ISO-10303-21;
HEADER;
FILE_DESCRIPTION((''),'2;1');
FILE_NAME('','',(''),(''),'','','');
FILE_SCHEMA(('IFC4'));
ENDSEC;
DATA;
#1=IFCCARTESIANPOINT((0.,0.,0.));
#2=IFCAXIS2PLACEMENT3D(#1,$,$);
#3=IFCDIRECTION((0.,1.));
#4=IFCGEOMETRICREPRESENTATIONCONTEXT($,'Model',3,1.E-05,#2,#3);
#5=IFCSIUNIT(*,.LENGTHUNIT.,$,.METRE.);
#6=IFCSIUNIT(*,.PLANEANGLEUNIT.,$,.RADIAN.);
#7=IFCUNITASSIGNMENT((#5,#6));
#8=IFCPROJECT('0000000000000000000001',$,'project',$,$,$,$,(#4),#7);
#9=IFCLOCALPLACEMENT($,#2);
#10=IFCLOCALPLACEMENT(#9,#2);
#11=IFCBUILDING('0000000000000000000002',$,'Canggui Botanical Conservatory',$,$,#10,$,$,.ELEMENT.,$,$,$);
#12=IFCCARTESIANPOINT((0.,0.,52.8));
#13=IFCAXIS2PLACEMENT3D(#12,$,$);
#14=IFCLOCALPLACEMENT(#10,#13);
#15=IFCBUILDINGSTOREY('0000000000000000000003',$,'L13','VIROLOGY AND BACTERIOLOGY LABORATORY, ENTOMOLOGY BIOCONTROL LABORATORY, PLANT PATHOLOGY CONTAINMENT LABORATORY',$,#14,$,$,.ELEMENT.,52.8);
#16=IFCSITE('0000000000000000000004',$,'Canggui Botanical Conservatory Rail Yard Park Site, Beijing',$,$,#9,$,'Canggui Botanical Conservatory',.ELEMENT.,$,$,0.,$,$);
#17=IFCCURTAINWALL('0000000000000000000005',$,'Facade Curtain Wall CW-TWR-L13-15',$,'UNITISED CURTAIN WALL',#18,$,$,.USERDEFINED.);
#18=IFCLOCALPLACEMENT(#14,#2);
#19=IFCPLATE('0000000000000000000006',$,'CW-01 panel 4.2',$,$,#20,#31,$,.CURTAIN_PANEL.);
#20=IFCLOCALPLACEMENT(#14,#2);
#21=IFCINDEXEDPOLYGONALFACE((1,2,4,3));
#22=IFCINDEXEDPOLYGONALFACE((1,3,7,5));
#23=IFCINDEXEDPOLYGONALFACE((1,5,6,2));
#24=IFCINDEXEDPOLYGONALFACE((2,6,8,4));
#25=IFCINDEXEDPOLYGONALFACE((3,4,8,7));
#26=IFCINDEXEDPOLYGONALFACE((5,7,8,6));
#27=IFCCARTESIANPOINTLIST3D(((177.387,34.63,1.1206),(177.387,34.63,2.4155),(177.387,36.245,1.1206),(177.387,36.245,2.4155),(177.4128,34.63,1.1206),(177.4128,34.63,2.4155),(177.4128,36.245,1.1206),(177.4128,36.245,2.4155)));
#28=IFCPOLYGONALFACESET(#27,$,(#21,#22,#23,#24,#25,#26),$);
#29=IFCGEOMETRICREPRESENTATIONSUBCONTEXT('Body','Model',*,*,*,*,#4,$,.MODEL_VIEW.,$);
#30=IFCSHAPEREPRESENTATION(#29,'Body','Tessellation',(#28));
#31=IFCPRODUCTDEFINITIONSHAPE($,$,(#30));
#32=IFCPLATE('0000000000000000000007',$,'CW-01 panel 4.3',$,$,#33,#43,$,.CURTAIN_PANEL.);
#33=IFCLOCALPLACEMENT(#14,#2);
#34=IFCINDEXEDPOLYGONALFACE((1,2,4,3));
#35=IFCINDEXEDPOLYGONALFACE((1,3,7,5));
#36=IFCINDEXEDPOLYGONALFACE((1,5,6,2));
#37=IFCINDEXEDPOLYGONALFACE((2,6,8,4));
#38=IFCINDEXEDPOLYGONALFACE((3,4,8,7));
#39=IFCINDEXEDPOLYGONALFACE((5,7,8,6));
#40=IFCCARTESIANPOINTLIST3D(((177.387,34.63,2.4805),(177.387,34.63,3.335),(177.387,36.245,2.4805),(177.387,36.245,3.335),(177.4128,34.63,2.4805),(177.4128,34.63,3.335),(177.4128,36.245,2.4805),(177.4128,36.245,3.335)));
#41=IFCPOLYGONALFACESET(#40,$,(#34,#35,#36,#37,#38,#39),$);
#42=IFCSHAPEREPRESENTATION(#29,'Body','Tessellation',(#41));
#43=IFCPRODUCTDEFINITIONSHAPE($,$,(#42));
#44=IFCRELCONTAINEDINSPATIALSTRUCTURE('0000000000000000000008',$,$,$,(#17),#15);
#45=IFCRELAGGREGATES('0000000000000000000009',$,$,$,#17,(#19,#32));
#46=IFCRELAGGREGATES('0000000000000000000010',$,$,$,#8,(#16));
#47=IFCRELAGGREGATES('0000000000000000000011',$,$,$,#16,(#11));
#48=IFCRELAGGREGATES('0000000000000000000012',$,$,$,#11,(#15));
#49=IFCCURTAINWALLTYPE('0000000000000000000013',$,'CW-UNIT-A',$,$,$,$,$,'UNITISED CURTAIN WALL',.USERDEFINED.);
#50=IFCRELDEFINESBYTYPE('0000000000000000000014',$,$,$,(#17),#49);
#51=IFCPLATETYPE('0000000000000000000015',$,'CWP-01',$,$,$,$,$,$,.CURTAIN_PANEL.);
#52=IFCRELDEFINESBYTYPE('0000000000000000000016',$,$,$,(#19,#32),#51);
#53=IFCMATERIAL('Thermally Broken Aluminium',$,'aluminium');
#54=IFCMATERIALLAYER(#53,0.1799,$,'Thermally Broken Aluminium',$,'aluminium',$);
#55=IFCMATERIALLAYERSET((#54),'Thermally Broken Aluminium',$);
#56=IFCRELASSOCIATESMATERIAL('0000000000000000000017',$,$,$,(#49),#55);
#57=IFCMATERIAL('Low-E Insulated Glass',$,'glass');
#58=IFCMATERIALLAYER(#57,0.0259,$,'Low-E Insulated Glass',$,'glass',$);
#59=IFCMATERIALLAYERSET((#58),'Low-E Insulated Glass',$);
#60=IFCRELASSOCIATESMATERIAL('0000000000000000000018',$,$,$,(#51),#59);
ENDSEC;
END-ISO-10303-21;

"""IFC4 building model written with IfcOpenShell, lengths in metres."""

from ifc_helpers import new_model, si_unit, direction, frame, origin, origin_2d, place, context, subcontext, project, spatial, rectangle, extrude, material, layer, layer_set, type_object, element, aggregate, save


model = new_model("IFC4")

# Units and contexts
model_context = context("Model", 3, precision=1e-05, world=origin(), true_north=direction((0.0, 1.0)))
body_context = subcontext(model_context, "Body", "Model", "MODEL_VIEW")
ifc_project = project(units=[si_unit("LENGTHUNIT", "METRE"), si_unit("PLANEANGLEUNIT", "RADIAN")], contexts=[model_context])

# Site, building, storey
site_placement = place(None, origin())
site = spatial("IfcSite", under=ifc_project, at=site_placement, Name="Canggui Botanical Conservatory Rail Yard Park Site, Beijing", LongName="Canggui Botanical Conservatory", CompositionType="ELEMENT", RefElevation=0.0)
building_placement = place(site_placement, origin())
building = spatial("IfcBuilding", under=site, at=building_placement, Name="Canggui Botanical Conservatory", CompositionType="ELEMENT")
storey_placement = place(building_placement, frame((0.0, 0.0, 52.8)))
storey = spatial("IfcBuildingStorey", under=building, at=storey_placement, Name="L13", Description="VIROLOGY AND BACTERIOLOGY LABORATORY, ENTOMOLOGY BIOCONTROL LABORATORY, PLANT PATHOLOGY CONTAINMENT LABORATORY", CompositionType="ELEMENT", Elevation=52.8)

# Curtain wall
ifc_material_1 = material(Name="Thermally Broken Aluminium", Category="aluminium")
ifc_layer_1 = layer(ifc_material_1, 0.1799, Name="Thermally Broken Aluminium", Category="aluminium")
ifc_layer_set_1 = layer_set([ifc_layer_1], Name="Thermally Broken Aluminium")
curtain_wall_type = type_object("IfcCurtainWallType", Name="CW-UNIT-A", ElementType="UNITISED CURTAIN WALL", PredefinedType="USERDEFINED", material=ifc_layer_set_1)
curtain_wall_1_placement = place(storey_placement, origin())
curtain_wall_1 = element("IfcCurtainWall", 1, at=curtain_wall_1_placement, inside=storey, type_object=curtain_wall_type, Name="Facade Curtain Wall CW-TWR-L13-15", ObjectType="UNITISED CURTAIN WALL", PredefinedType="USERDEFINED")

# Plates
ifc_material_2 = material(Name="Low-E Insulated Glass", Category="glass")
ifc_layer_2 = layer(ifc_material_2, 0.0259, Name="Low-E Insulated Glass", Category="glass")
ifc_layer_set_2 = layer_set([ifc_layer_2], Name="Low-E Insulated Glass")
plate_type = type_object("IfcPlateType", Name="CWP-01", PredefinedType="CURTAIN_PANEL", material=ifc_layer_set_2)
plate_1_placement = place(storey_placement, frame((177.3999, 35.4375, 1.1206), z_axis=(0.0, 0.0, 1.0), x_axis=(0.0, -1.0, 0.0)))
plate_1 = element("IfcPlate", 2, at=plate_1_placement, type_object=plate_type, Name="CW-01 panel 4.2", PredefinedType="CURTAIN_PANEL", context=body_context, shape_type="SweptSolid", body=[
    extrude(rectangle(XDim=1.615, YDim=0.0259, at=origin_2d()), origin(), (0.0, 0.0, 1.0), 1.2949),
])
plate_2_placement = place(storey_placement, frame((177.3999, 35.4375, 2.4805), z_axis=(0.0, 0.0, 1.0), x_axis=(0.0, -1.0, 0.0)))
plate_2 = element("IfcPlate", 3, at=plate_2_placement, type_object=plate_type, Name="CW-01 panel 4.3", PredefinedType="CURTAIN_PANEL", context=body_context, shape_type="SweptSolid", body=[
    extrude(rectangle(XDim=1.615, YDim=0.0259, at=origin_2d()), origin(), (0.0, 0.0, 1.0), 0.8545),
])
aggregate(curtain_wall_1, [plate_1, plate_2])

save(model, "model.ifc")
